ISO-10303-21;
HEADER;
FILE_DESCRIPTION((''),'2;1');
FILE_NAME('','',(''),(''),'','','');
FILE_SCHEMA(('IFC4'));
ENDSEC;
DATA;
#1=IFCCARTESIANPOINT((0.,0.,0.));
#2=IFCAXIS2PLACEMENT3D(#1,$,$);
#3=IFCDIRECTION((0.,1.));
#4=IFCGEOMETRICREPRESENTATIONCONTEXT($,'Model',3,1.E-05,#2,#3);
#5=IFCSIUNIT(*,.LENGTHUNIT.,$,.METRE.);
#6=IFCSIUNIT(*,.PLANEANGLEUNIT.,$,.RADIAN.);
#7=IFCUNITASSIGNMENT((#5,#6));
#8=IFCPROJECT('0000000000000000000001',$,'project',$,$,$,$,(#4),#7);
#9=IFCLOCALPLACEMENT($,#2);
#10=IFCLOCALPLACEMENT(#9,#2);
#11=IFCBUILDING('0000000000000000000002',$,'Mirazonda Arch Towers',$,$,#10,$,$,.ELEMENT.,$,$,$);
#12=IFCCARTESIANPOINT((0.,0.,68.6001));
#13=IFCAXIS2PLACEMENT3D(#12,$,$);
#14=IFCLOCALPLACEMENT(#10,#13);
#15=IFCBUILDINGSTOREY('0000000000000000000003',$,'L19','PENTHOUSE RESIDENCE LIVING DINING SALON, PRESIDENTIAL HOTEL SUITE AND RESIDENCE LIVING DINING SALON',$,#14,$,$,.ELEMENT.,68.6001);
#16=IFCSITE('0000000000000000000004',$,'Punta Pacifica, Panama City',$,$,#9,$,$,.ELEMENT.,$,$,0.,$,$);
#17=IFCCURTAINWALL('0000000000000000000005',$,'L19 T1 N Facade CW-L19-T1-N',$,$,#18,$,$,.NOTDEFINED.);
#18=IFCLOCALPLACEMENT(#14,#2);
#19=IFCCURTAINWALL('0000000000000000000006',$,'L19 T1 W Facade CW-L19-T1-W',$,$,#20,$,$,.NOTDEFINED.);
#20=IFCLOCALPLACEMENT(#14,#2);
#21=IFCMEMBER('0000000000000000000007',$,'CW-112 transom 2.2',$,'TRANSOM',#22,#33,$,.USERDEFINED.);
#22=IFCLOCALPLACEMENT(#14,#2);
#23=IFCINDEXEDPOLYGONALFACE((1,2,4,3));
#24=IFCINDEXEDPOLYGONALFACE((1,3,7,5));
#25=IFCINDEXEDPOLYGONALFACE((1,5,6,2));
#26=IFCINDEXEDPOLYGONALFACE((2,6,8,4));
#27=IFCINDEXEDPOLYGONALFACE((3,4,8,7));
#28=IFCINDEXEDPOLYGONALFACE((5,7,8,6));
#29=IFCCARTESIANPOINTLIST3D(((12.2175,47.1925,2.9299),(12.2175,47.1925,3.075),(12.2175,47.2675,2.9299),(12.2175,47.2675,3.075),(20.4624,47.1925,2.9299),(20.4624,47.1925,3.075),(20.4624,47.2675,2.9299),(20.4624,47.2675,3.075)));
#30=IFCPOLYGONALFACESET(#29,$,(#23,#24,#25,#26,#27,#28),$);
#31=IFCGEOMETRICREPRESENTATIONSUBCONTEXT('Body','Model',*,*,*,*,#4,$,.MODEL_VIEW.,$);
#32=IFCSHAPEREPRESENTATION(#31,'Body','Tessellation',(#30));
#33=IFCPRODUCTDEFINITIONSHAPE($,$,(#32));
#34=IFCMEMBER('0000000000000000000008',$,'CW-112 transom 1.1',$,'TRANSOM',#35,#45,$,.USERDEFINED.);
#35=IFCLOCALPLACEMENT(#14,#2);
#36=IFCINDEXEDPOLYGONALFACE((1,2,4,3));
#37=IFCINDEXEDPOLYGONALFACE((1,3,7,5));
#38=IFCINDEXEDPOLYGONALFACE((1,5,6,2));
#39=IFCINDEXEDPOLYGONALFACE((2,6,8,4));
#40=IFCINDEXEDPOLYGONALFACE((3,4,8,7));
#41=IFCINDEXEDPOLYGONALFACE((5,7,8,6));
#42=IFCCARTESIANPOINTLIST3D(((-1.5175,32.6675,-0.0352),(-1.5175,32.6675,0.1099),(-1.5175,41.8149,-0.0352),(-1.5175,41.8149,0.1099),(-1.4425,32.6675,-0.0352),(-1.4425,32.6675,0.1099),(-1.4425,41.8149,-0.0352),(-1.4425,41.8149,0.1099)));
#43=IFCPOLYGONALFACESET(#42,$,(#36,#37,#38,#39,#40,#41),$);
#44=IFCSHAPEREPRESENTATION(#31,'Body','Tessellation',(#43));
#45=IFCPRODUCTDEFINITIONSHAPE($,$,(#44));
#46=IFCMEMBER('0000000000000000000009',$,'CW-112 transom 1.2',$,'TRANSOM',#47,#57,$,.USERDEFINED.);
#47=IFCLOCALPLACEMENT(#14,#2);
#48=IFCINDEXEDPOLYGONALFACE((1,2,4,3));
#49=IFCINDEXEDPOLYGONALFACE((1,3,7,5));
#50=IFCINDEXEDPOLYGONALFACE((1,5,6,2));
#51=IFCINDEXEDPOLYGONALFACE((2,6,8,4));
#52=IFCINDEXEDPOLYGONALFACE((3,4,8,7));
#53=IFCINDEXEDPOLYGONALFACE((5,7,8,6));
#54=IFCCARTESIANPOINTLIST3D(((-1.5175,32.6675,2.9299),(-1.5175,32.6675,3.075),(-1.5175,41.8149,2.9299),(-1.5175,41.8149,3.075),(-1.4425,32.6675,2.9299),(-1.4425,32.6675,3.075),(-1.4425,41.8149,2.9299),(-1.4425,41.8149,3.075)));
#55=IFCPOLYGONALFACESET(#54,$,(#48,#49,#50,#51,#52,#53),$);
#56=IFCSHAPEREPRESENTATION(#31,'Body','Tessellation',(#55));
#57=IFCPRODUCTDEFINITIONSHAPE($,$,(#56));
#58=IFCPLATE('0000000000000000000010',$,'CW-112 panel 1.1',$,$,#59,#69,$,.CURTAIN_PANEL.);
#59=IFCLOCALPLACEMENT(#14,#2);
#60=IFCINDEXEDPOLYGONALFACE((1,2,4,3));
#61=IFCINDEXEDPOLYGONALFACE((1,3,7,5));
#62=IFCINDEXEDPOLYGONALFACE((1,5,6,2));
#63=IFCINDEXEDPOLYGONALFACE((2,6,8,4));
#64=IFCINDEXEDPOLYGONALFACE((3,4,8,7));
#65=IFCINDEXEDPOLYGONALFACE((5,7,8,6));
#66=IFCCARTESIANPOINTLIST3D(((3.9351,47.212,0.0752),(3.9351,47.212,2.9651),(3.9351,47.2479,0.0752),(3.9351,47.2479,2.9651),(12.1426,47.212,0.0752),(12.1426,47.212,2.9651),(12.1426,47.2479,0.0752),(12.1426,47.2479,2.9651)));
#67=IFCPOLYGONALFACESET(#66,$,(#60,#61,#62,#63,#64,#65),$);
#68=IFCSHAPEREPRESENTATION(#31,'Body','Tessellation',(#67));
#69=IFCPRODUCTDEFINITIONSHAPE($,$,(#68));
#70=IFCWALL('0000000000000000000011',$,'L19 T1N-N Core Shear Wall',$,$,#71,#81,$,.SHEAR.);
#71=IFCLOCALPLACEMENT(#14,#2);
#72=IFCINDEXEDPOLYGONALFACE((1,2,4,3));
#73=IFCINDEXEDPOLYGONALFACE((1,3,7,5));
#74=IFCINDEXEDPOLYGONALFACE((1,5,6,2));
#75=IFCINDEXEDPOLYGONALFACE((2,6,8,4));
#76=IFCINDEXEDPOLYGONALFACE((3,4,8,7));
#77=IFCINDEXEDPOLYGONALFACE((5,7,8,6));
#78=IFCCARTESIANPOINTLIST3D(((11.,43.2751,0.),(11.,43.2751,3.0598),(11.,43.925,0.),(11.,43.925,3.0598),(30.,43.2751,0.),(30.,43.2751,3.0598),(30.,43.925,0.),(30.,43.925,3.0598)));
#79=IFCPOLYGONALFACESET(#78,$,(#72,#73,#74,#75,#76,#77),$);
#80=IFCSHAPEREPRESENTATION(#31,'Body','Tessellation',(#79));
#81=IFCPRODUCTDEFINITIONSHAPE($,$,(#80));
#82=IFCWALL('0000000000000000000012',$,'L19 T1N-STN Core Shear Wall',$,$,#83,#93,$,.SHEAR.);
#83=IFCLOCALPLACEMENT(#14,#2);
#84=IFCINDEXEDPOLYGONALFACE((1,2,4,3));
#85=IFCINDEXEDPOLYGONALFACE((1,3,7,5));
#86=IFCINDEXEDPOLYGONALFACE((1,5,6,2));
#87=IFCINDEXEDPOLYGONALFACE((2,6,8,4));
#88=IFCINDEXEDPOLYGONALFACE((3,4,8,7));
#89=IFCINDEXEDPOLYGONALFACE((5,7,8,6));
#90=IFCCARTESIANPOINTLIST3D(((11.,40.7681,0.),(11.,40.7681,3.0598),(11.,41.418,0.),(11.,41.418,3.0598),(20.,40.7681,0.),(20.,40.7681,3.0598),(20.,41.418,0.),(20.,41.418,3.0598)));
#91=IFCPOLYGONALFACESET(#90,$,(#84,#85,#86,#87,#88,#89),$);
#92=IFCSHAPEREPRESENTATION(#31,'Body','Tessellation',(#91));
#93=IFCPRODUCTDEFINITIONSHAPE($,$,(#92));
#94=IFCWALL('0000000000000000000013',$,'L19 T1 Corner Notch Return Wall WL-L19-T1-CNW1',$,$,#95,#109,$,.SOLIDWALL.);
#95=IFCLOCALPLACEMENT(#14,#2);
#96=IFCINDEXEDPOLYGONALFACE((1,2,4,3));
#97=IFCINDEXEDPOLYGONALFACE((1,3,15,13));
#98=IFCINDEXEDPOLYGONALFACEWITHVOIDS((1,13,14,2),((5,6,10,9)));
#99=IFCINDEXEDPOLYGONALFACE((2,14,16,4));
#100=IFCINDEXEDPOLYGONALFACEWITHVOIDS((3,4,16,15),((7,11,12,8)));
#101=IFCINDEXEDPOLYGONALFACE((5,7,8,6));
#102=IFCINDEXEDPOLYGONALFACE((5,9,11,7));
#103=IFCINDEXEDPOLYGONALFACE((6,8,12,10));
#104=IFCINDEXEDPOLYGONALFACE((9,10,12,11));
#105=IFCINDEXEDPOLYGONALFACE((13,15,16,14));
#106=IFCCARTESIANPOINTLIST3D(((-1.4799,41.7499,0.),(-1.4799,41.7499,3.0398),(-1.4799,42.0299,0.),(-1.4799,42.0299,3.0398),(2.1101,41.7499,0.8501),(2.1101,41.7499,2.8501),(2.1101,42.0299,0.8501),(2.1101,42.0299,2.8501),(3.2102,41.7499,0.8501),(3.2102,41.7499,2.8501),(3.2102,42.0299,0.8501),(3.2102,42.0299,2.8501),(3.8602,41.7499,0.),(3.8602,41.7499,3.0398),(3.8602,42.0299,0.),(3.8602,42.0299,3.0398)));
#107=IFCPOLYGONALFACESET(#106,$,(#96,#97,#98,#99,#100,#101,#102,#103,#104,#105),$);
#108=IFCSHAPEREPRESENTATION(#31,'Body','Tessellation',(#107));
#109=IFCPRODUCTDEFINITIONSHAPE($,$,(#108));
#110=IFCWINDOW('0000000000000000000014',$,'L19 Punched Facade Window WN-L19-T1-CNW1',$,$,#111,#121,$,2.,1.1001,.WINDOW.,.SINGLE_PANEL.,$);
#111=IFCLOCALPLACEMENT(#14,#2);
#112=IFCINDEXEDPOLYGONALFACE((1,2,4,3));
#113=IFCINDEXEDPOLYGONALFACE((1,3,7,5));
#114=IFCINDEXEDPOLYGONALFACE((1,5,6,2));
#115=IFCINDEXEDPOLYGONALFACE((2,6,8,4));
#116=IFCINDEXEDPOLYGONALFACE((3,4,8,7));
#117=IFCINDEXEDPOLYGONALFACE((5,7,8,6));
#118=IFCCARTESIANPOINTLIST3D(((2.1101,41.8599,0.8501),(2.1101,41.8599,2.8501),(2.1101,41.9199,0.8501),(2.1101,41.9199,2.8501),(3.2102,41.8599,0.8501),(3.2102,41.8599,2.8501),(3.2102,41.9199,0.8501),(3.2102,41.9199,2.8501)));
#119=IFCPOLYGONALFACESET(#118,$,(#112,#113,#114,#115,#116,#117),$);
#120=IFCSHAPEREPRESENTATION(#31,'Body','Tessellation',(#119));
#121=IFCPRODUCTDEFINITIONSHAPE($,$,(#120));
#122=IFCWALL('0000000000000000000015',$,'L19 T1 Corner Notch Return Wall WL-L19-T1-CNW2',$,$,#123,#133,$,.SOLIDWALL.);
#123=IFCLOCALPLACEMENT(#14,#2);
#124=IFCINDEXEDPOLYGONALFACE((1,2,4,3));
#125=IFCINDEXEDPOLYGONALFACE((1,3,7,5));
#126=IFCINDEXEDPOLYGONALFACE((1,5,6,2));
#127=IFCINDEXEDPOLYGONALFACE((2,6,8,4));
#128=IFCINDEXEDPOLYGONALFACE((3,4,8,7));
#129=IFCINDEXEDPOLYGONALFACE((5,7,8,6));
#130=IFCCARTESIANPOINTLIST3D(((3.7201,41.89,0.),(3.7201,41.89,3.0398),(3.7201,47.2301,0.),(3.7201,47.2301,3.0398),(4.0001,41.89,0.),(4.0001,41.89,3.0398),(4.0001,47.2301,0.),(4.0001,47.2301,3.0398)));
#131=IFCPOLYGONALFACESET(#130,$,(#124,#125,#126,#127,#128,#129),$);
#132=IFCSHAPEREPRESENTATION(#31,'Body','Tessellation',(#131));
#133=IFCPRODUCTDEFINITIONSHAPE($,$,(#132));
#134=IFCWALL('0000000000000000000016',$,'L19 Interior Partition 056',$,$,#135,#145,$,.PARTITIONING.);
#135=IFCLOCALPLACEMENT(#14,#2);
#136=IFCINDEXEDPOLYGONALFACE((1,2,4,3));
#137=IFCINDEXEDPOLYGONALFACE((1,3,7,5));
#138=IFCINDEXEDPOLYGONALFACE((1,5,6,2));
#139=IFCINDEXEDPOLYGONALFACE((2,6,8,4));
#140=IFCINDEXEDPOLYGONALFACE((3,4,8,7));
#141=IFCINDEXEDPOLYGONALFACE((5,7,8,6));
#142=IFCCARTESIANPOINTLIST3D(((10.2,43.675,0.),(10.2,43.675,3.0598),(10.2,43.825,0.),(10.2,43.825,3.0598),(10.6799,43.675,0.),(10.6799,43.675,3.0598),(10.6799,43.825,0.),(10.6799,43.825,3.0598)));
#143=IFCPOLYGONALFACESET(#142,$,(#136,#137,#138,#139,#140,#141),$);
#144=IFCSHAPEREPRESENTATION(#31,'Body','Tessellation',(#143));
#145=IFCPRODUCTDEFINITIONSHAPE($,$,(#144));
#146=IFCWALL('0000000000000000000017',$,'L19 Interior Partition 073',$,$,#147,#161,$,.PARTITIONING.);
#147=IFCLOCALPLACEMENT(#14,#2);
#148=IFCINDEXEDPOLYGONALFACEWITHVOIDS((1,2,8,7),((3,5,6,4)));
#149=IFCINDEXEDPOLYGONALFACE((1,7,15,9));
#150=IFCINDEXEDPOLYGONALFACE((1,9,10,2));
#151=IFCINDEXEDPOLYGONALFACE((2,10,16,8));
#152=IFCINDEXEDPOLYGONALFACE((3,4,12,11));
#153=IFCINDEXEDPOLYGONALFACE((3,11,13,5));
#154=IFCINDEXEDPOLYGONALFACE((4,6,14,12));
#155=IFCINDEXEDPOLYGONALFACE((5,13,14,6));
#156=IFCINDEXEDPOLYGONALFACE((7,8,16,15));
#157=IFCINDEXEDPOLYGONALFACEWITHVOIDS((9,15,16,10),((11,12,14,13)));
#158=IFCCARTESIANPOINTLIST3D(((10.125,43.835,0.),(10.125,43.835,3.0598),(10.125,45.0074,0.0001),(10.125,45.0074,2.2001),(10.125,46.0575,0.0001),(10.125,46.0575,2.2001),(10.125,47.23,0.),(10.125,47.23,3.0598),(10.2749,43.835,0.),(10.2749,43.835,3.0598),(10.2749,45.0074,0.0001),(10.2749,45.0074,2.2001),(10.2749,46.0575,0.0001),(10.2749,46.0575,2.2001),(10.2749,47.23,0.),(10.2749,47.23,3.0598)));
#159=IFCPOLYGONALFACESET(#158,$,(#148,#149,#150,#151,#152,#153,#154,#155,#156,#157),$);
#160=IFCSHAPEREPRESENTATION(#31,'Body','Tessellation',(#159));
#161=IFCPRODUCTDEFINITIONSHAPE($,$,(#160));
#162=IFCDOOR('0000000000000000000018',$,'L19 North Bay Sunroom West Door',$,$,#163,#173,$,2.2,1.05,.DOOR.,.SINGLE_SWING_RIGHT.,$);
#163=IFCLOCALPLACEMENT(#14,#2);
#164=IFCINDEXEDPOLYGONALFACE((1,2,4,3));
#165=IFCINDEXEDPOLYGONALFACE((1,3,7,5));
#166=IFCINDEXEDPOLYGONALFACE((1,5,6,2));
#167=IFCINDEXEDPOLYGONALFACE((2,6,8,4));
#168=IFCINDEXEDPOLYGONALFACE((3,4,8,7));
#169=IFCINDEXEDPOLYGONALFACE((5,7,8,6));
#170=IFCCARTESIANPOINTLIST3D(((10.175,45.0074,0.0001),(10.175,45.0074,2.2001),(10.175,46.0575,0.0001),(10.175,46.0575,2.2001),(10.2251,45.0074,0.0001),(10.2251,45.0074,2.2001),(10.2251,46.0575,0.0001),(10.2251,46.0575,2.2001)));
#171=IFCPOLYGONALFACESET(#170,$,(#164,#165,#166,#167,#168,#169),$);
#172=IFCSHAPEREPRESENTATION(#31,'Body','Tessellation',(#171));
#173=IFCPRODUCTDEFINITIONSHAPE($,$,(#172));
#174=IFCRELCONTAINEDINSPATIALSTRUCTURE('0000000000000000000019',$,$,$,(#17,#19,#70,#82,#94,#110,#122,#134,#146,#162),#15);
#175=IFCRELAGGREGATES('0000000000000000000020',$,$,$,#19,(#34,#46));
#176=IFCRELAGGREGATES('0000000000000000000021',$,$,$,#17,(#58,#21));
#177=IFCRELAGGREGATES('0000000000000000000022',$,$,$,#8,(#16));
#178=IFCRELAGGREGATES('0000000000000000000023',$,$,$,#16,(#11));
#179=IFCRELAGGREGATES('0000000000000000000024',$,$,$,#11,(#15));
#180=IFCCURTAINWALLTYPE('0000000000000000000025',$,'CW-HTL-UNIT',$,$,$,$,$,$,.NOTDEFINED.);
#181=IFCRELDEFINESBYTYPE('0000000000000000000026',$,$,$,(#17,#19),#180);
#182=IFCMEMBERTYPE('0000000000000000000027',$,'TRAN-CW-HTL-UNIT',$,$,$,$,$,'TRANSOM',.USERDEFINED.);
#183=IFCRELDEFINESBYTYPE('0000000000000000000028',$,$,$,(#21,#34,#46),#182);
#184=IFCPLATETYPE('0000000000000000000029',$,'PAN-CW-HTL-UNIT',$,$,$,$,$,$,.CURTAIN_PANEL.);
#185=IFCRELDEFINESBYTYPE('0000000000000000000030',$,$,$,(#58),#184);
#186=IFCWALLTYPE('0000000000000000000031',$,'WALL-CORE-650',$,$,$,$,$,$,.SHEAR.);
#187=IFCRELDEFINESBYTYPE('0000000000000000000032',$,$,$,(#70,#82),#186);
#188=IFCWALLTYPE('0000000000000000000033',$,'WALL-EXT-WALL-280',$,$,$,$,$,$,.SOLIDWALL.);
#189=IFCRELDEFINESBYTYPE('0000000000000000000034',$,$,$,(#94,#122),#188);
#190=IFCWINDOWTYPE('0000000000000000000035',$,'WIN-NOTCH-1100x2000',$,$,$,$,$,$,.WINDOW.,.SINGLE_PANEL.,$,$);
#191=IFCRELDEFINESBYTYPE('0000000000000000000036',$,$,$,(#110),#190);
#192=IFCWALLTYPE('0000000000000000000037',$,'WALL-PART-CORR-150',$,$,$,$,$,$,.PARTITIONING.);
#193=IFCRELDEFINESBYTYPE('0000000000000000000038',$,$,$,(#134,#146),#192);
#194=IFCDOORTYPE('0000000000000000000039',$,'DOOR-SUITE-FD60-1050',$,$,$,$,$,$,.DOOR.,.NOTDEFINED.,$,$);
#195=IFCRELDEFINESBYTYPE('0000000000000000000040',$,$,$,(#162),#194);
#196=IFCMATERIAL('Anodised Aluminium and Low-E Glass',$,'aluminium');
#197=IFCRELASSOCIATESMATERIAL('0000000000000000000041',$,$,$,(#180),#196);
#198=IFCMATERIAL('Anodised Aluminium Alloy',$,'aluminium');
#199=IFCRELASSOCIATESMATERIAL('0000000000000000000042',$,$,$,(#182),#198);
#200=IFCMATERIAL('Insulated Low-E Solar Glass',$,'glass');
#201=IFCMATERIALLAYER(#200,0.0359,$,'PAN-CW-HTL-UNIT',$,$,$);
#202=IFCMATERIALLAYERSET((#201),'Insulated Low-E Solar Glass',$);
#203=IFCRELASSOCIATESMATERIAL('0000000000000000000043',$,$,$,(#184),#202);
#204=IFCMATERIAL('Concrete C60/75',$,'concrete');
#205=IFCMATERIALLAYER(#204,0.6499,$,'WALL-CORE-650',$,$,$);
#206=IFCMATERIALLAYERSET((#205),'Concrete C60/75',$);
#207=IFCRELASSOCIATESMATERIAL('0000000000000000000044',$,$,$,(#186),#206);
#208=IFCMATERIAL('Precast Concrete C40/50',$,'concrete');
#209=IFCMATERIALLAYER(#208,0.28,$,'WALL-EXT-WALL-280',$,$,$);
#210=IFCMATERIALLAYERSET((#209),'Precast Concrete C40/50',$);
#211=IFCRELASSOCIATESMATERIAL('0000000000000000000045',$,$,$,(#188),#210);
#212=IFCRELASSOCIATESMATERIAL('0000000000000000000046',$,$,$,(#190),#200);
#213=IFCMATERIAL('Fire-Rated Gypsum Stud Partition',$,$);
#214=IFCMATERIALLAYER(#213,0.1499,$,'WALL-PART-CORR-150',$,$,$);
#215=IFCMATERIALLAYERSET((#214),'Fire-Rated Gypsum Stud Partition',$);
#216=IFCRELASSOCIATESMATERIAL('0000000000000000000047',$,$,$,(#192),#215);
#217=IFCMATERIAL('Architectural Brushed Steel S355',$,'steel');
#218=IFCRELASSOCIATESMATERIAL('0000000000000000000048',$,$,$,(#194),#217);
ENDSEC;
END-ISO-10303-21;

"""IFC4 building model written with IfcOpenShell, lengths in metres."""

from ifc_helpers import new_model, si_unit, direction, frame, frame_2d, origin, origin_2d, place, context, subcontext, project, spatial, rectangle, extrude, material, layer, layer_set, material_profile, profile_set, type_object, element, fill, aggregate, save


model = new_model("IFC4")

# Units and contexts
model_context = context("Model", 3, precision=1e-05, world=origin(), true_north=direction((0.0, 1.0)))
body_context = subcontext(model_context, "Body", "Model", "MODEL_VIEW")
ifc_project = project(units=[si_unit("LENGTHUNIT", "METRE"), si_unit("PLANEANGLEUNIT", "RADIAN")], contexts=[model_context])

# Site, building, storey
site_placement = place(None, origin())
site = spatial("IfcSite", under=ifc_project, at=site_placement, Name="Punta Pacifica, Panama City", CompositionType="ELEMENT", RefElevation=0.0)
building_placement = place(site_placement, origin())
building = spatial("IfcBuilding", under=site, at=building_placement, Name="Mirazonda Arch Towers", CompositionType="ELEMENT")
storey_placement = place(building_placement, frame((0.0, 0.0, 68.6001)))
storey = spatial("IfcBuildingStorey", under=building, at=storey_placement, Name="L19", Description="PENTHOUSE RESIDENCE LIVING DINING SALON, PRESIDENTIAL HOTEL SUITE AND RESIDENCE LIVING DINING SALON", CompositionType="ELEMENT", Elevation=68.6001)

# Shared definitions
ifc_material_1 = material(Name="Concrete C60/75", Category="concrete")

# Curtain wall
ifc_material_2 = material(Name="Anodised Aluminium and Low-E Glass", Category="aluminium")
curtain_wall_type = type_object("IfcCurtainWallType", Name="CW-HTL-UNIT", PredefinedType="NOTDEFINED", material=ifc_material_2)
curtain_wall_1_placement = place(storey_placement, origin())
curtain_wall_1 = element("IfcCurtainWall", 1, at=curtain_wall_1_placement, inside=storey, type_object=curtain_wall_type, Name="L19 T1 N Facade CW-L19-T1-N", PredefinedType="NOTDEFINED")
ifc_material_3 = material(Name="Anodised Aluminium Alloy", Category="aluminium")

# Curtain wall
curtain_wall_2_placement = place(storey_placement, origin())
curtain_wall_2 = element("IfcCurtainWall", 2, at=curtain_wall_2_placement, inside=storey, type_object=curtain_wall_type, Name="L19 T1 W Facade CW-L19-T1-W", PredefinedType="NOTDEFINED")

# Members
ifc_material_profile_1 = material_profile(ifc_material_3, rectangle(XDim=0.075, YDim=0.145, at=origin_2d()), Name="ALU-TRAN-75x145")
ifc_profile_set_1 = profile_set([ifc_material_profile_1], Name="Anodised Aluminium Alloy")
member_type_1 = type_object("IfcMemberType", Name="TRAN-CW-HTL-UNIT", ElementType="TRANSOM", PredefinedType="USERDEFINED", material=ifc_profile_set_1)
member_1_placement = place(storey_placement, frame((12.2175, 47.23, 3.0024), z_axis=(1.0, 0.0, 0.0), x_axis=(0.0, 1.0, 0.0)))
member_1 = element("IfcMember", 3, at=member_1_placement, type_object=member_type_1, Name="CW-112 transom 2.2", ObjectType="TRANSOM", PredefinedType="USERDEFINED", context=body_context, shape_type="SweptSolid", body=[
    extrude(rectangle(XDim=0.075, YDim=0.145, at=origin_2d()), origin(), (0.0, 0.0, 1.0), 8.2449),
])
member_2_placement = place(storey_placement, frame((-1.48, 41.8149, 0.0374), z_axis=(0.0, -1.0, 0.0), x_axis=(1.0, 0.0, 0.0)))
member_2 = element("IfcMember", 4, at=member_2_placement, type_object=member_type_1, Name="CW-112 transom 1.1", ObjectType="TRANSOM", PredefinedType="USERDEFINED", context=body_context, shape_type="SweptSolid", body=[
    extrude(rectangle(XDim=0.075, YDim=0.145, at=origin_2d()), origin(), (0.0, 0.0, 1.0), 9.1475),
])
member_3_placement = place(storey_placement, frame((-1.48, 41.8149, 3.0024), z_axis=(0.0, -1.0, 0.0), x_axis=(1.0, 0.0, 0.0)))
member_3 = element("IfcMember", 5, at=member_3_placement, type_object=member_type_1, Name="CW-112 transom 1.2", ObjectType="TRANSOM", PredefinedType="USERDEFINED", context=body_context, shape_type="SweptSolid", body=[
    extrude(rectangle(XDim=0.075, YDim=0.145, at=origin_2d()), origin(), (0.0, 0.0, 1.0), 9.1475),
])
aggregate(curtain_wall_2, [member_2, member_3])

# Plate
ifc_material_4 = material(Name="Insulated Low-E Solar Glass", Category="glass")
ifc_layer_1 = layer(ifc_material_4, 0.0359, Name="PAN-CW-HTL-UNIT")
ifc_layer_set_1 = layer_set([ifc_layer_1], Name="Insulated Low-E Solar Glass")
plate_type = type_object("IfcPlateType", Name="PAN-CW-HTL-UNIT", PredefinedType="CURTAIN_PANEL", material=ifc_layer_set_1)
plate_placement = place(storey_placement, frame((8.0388, 47.23, 0.0752), z_axis=(0.0, 0.0, 1.0), x_axis=(1.0, 0.0, 0.0)))
plate = element("IfcPlate", 6, at=plate_placement, type_object=plate_type, Name="CW-112 panel 1.1", PredefinedType="CURTAIN_PANEL", context=body_context, shape_type="SweptSolid", body=[
    extrude(rectangle(XDim=8.2075, YDim=0.0359, at=origin_2d()), origin(), (0.0, 0.0, 1.0), 2.8899),
])
aggregate(curtain_wall_1, [plate, member_1])

# Walls
ifc_layer_2 = layer(ifc_material_1, 0.6499, Name="WALL-CORE-650")
ifc_layer_set_2 = layer_set([ifc_layer_2], Name="Concrete C60/75")
wall_type_1 = type_object("IfcWallType", Name="WALL-CORE-650", PredefinedType="SHEAR", material=ifc_layer_set_2)
wall_1_placement = place(storey_placement, frame((11.0, 43.6001, 0.0), z_axis=(0.0, 0.0, 1.0), x_axis=(1.0, 0.0, 0.0)))
element("IfcWall", 7, at=wall_1_placement, inside=storey, type_object=wall_type_1, Name="L19 T1N-N Core Shear Wall", PredefinedType="SHEAR", context=body_context, shape_type="SweptSolid", body=[
    extrude(rectangle(XDim=19.0, YDim=0.6499, at=frame_2d((9.5, 0.0))), origin(), (0.0, 0.0, 1.0), 3.0598),
])
wall_2_placement = place(storey_placement, frame((11.0, 41.093, 0.0), z_axis=(0.0, 0.0, 1.0), x_axis=(1.0, 0.0, 0.0)))
element("IfcWall", 8, at=wall_2_placement, inside=storey, type_object=wall_type_1, Name="L19 T1N-STN Core Shear Wall", PredefinedType="SHEAR", context=body_context, shape_type="SweptSolid", body=[
    extrude(rectangle(XDim=9.0, YDim=0.6499, at=frame_2d((4.5, 0.0))), origin(), (0.0, 0.0, 1.0), 3.0598),
])

# Wall, opening, window
ifc_material_5 = material(Name="Precast Concrete C40/50", Category="concrete")
ifc_layer_3 = layer(ifc_material_5, 0.28, Name="WALL-EXT-WALL-280")
ifc_layer_set_3 = layer_set([ifc_layer_3], Name="Precast Concrete C40/50")
wall_type_2 = type_object("IfcWallType", Name="WALL-EXT-WALL-280", PredefinedType="SOLIDWALL", material=ifc_layer_set_3)
wall_3_placement = place(storey_placement, frame((3.8601, 41.8899, 0.0), z_axis=(0.0, 0.0, 1.0), x_axis=(-1.0, 0.0, 0.0)))
wall_3 = element("IfcWall", 9, at=wall_3_placement, inside=storey, type_object=wall_type_2, Name="L19 T1 Corner Notch Return Wall WL-L19-T1-CNW1", PredefinedType="SOLIDWALL", context=body_context, shape_type="SweptSolid", body=[
    extrude(rectangle(XDim=5.3401, YDim=0.28, at=frame_2d((2.6699, 0.0))), origin(), (0.0, 0.0, 1.0), 3.0398),
])
opening_1_placement = place(wall_3_placement, frame((0.6499, 0.0, 0.8501)))
opening_1 = element("IfcOpeningElement", 10, at=opening_1_placement, cuts=wall_3, PredefinedType="OPENING", context=body_context, shape_type="SweptSolid", body=[
    extrude(rectangle(XDim=1.1001, YDim=2.0, at=frame_2d((0.55, 1.0))), frame((0.0, 0.1499, 0.0), z_axis=(0.0, -1.0, 0.0), x_axis=(1.0, 0.0, 0.0)), (0.0, 0.0, 1.0), 0.3),
])
window_type = type_object("IfcWindowType", Name="WIN-NOTCH-1100x2000", PartitioningType="SINGLE_PANEL", PredefinedType="WINDOW", material=ifc_material_4)
window_placement = place(opening_1_placement, origin())
window = element("IfcWindow", 11, at=window_placement, inside=storey, type_object=window_type, Name="L19 Punched Facade Window WN-L19-T1-CNW1", OverallHeight=2.0, OverallWidth=1.1001, PartitioningType="SINGLE_PANEL", PredefinedType="WINDOW", context=body_context, shape_type="SweptSolid", body=[
    extrude(rectangle(XDim=1.1001, YDim=2.0, at=frame_2d((0.55, 1.0))), frame((0.0, 0.03, 0.0), z_axis=(0.0, -1.0, 0.0), x_axis=(1.0, 0.0, 0.0)), (0.0, 0.0, 1.0), 0.0601),
])
fill(opening_1, window)

# Walls
wall_4_placement = place(storey_placement, frame((3.8601, 47.23, 0.0), z_axis=(0.0, 0.0, 1.0), x_axis=(0.0, -1.0, 0.0)))
element("IfcWall", 12, at=wall_4_placement, inside=storey, type_object=wall_type_2, Name="L19 T1 Corner Notch Return Wall WL-L19-T1-CNW2", PredefinedType="SOLIDWALL", context=body_context, shape_type="SweptSolid", body=[
    extrude(rectangle(XDim=5.3401, YDim=0.28, at=frame_2d((2.6699, 0.0))), origin(), (0.0, 0.0, 1.0), 3.0398),
])
ifc_material_6 = material(Name="Fire-Rated Gypsum Stud Partition")
ifc_layer_4 = layer(ifc_material_6, 0.1499, Name="WALL-PART-CORR-150")
ifc_layer_set_4 = layer_set([ifc_layer_4], Name="Fire-Rated Gypsum Stud Partition")
wall_type_3 = type_object("IfcWallType", Name="WALL-PART-CORR-150", PredefinedType="PARTITIONING", material=ifc_layer_set_4)
wall_5_placement = place(storey_placement, frame((10.2, 43.75, 0.0), z_axis=(0.0, 0.0, 1.0), x_axis=(1.0, 0.0, 0.0)))
element("IfcWall", 13, at=wall_5_placement, inside=storey, type_object=wall_type_3, Name="L19 Interior Partition 056", PredefinedType="PARTITIONING", context=body_context, shape_type="SweptSolid", body=[
    extrude(rectangle(XDim=0.48, YDim=0.1499, at=frame_2d((0.24, 0.0))), origin(), (0.0, 0.0, 1.0), 3.0598),
])

# Wall, opening, door
wall_6_placement = place(storey_placement, frame((10.2, 43.835, 0.0), z_axis=(0.0, 0.0, 1.0), x_axis=(0.0, 1.0, 0.0)))
wall_6 = element("IfcWall", 14, at=wall_6_placement, inside=storey, type_object=wall_type_3, Name="L19 Interior Partition 073", PredefinedType="PARTITIONING", context=body_context, shape_type="SweptSolid", body=[
    extrude(rectangle(XDim=3.395, YDim=0.1499, at=frame_2d((1.6975, 0.0))), origin(), (0.0, 0.0, 1.0), 3.0598),
])
opening_2_placement = place(wall_6_placement, frame((1.1726, 0.0, 0.0)))
opening_2 = element("IfcOpeningElement", 15, at=opening_2_placement, cuts=wall_6, PredefinedType="OPENING", context=body_context, shape_type="SweptSolid", body=[
    extrude(rectangle(XDim=1.05, YDim=2.2, at=frame_2d((0.5249, 1.1001))), frame((0.0, 0.085, 0.0), z_axis=(0.0, -1.0, 0.0), x_axis=(1.0, 0.0, 0.0)), (0.0, 0.0, 1.0), 0.1699),
])
ifc_material_7 = material(Name="Architectural Brushed Steel S355", Category="steel")
door_type_1 = type_object("IfcDoorType", Name="DOOR-SUITE-FD60-1050", OperationType="NOTDEFINED", PredefinedType="DOOR", material=ifc_material_7)
door_1_placement = place(opening_2_placement, origin())
door_1 = element("IfcDoor", 16, at=door_1_placement, inside=storey, type_object=door_type_1, Name="L19 North Bay Sunroom West Door", OperationType="SINGLE_SWING_RIGHT", OverallHeight=2.2, OverallWidth=1.05, PredefinedType="DOOR", context=body_context, shape_type="SweptSolid", body=[
    extrude(rectangle(XDim=1.05, YDim=2.2, at=frame_2d((0.5249, 1.1001))), frame((0.0, 0.0249, 0.0), z_axis=(0.0, -1.0, 0.0), x_axis=(1.0, 0.0, 0.0)), (0.0, 0.0, 1.0), 0.05),
])
fill(opening_2, door_1)

save(model, "model.ifc")
